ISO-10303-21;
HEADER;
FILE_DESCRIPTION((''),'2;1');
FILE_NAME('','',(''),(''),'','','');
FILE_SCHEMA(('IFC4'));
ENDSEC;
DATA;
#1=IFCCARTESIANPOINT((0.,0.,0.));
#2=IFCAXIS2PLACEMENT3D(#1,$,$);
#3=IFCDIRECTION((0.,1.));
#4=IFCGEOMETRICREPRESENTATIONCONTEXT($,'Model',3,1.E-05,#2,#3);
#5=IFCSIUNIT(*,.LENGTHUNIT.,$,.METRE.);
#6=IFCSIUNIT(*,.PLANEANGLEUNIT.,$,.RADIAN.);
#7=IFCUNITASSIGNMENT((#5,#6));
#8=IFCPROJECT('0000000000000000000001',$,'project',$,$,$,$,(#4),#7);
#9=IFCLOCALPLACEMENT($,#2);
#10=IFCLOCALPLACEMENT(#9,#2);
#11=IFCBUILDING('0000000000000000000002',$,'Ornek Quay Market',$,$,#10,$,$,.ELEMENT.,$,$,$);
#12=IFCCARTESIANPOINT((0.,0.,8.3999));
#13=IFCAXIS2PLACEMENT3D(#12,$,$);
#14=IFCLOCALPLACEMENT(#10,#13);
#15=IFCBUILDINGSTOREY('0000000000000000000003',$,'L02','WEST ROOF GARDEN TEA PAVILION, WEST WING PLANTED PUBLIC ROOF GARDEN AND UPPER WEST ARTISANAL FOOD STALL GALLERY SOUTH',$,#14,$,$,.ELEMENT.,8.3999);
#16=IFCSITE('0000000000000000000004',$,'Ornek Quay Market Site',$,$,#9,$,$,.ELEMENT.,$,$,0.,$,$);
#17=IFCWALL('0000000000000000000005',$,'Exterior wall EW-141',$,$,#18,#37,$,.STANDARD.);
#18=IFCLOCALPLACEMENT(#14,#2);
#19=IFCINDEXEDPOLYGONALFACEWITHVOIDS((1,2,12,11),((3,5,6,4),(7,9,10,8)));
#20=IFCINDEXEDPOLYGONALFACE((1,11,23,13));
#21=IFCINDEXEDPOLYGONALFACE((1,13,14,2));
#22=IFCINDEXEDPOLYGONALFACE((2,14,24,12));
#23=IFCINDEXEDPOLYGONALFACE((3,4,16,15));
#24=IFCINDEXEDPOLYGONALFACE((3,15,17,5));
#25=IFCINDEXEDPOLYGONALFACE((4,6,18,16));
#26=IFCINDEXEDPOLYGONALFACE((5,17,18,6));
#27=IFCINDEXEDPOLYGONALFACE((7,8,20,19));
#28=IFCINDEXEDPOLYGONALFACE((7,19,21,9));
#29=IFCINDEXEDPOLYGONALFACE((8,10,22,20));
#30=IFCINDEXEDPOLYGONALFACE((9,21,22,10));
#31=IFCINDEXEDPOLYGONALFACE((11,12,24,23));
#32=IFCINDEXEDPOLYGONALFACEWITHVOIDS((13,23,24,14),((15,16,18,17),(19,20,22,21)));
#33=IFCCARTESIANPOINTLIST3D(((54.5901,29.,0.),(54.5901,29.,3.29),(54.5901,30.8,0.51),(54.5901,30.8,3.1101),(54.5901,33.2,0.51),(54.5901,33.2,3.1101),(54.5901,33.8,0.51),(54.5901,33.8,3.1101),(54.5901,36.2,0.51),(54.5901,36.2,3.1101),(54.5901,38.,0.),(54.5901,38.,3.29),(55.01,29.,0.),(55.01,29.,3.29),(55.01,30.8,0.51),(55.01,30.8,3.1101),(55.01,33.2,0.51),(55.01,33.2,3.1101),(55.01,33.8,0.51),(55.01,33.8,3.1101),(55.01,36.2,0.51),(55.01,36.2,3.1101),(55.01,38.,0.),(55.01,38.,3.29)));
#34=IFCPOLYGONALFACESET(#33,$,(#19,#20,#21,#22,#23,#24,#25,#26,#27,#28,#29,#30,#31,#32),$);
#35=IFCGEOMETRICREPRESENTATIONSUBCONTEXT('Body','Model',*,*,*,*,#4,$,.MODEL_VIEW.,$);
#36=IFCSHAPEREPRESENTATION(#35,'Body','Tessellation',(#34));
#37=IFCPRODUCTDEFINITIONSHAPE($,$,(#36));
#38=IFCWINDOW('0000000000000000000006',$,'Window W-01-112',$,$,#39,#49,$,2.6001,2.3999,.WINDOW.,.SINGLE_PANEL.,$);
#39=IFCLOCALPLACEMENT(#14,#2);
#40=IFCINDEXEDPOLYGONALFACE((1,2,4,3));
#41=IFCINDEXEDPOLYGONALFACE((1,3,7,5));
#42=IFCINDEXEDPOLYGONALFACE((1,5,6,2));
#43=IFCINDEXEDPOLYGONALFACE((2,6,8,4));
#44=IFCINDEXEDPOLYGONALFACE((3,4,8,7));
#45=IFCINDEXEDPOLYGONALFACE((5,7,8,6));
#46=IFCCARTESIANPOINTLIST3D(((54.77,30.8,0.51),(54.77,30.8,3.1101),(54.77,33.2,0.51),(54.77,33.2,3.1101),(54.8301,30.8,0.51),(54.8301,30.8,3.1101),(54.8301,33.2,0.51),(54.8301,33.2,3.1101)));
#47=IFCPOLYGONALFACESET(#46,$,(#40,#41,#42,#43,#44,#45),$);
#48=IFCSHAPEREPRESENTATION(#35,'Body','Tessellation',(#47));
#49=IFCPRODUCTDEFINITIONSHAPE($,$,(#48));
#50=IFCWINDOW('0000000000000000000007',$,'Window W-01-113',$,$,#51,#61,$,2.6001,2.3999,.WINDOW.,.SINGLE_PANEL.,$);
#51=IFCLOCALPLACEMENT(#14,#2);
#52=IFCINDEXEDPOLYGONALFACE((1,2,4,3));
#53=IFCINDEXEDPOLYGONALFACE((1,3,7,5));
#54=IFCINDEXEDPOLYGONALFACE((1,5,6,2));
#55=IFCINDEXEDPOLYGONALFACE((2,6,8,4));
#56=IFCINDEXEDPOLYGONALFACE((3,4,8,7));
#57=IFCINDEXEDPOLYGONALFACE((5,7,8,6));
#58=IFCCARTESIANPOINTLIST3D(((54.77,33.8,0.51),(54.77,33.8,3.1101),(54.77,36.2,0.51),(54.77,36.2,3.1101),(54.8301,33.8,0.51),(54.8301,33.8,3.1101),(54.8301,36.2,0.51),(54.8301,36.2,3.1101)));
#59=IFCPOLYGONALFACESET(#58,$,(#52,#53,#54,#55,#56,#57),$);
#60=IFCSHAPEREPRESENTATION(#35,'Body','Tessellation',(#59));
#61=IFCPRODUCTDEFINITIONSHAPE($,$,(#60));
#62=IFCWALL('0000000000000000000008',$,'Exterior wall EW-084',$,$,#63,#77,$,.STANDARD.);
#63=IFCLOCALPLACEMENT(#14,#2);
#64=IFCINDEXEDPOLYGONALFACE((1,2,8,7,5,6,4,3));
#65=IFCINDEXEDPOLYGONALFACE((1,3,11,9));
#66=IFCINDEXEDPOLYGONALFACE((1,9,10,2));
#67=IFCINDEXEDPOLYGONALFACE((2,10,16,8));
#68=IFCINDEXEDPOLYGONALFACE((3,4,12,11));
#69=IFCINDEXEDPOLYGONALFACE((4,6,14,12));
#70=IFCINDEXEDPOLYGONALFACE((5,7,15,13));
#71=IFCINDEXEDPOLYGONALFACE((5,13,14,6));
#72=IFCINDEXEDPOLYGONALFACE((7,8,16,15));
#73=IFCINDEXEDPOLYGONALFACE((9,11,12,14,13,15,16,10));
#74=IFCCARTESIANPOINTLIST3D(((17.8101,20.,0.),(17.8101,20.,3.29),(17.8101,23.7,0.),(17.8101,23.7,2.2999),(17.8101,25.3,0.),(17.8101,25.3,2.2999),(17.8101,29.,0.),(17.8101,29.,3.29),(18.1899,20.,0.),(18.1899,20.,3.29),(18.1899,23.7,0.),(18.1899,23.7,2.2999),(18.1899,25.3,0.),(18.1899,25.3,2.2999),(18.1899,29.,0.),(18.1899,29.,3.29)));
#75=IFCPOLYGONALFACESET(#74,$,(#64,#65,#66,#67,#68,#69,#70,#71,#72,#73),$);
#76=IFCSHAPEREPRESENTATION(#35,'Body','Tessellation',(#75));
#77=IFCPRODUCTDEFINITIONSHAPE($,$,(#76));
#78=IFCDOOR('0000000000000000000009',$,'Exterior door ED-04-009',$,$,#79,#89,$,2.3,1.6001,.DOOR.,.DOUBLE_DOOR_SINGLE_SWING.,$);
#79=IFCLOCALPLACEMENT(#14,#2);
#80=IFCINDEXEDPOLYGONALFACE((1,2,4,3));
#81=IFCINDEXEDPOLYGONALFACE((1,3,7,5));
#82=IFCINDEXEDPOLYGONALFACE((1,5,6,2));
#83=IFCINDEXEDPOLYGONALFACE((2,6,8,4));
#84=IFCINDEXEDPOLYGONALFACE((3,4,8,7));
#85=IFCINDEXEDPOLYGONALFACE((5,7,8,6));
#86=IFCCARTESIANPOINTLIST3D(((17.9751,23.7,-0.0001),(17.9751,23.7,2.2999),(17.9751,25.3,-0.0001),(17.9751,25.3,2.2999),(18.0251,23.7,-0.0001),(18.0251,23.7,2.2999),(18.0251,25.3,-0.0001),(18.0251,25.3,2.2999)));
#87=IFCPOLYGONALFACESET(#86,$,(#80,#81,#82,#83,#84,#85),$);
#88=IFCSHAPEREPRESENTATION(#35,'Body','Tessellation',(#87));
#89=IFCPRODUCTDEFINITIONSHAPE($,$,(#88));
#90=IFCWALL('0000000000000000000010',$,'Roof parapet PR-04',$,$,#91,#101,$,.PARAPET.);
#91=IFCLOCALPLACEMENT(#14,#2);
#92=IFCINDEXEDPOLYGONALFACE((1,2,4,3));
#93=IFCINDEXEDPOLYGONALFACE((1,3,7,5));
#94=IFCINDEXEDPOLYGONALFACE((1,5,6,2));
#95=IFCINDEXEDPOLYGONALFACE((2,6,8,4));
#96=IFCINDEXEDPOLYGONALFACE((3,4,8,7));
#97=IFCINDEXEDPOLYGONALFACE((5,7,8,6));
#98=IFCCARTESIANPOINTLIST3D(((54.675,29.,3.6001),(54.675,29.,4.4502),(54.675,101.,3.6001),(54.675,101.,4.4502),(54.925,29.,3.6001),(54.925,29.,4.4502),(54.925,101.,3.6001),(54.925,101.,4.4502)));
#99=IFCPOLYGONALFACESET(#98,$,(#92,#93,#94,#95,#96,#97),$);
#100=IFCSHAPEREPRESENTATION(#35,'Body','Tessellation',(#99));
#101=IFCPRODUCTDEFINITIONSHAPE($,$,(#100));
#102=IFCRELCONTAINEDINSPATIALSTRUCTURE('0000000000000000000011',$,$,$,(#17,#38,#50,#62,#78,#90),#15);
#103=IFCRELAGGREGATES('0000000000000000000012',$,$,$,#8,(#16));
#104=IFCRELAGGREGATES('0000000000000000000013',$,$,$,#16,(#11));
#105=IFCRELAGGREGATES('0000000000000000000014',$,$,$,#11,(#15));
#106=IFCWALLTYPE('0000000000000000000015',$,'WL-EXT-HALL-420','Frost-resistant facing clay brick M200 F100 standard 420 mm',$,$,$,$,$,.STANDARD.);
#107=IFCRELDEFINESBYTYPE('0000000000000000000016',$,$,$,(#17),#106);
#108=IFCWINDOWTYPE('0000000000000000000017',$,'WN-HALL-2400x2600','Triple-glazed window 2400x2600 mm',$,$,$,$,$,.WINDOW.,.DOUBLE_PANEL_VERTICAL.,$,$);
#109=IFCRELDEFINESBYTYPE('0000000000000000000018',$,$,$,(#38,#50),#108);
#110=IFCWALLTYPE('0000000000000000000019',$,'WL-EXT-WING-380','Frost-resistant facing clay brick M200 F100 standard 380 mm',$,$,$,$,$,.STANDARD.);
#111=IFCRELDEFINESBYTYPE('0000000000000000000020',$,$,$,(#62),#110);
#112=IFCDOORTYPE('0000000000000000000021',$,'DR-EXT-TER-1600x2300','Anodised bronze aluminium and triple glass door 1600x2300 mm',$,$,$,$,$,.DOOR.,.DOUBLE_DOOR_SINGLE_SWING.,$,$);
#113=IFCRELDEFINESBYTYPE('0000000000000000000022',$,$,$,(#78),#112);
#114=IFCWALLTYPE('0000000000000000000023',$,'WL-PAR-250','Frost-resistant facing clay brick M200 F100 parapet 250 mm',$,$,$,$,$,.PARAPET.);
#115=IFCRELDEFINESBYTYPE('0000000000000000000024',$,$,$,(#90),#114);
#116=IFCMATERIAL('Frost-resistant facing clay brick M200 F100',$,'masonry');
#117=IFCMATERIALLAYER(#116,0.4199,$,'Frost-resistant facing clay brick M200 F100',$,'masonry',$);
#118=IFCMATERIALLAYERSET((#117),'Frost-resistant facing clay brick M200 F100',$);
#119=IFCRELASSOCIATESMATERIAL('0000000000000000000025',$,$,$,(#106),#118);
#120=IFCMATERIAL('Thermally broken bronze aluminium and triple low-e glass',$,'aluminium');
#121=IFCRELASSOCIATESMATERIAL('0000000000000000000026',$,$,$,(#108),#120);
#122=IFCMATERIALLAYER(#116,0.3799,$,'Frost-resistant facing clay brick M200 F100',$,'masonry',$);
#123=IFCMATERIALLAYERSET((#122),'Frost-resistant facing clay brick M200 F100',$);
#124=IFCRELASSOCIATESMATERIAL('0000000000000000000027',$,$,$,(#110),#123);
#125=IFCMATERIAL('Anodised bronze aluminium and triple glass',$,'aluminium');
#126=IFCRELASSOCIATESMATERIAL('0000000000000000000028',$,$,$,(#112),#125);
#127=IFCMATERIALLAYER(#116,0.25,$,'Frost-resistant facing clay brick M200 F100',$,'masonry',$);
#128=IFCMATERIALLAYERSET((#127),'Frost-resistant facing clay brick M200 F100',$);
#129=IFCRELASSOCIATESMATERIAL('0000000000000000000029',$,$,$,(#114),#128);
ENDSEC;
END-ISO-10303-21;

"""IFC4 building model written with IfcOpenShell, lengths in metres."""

from ifc_helpers import new_model, si_unit, direction, frame, frame_2d, origin, place, context, subcontext, project, spatial, rectangle, extrude, material, layer, layer_set, type_object, element, fill, save


model = new_model("IFC4")

# Units and contexts
model_context = context("Model", 3, precision=1e-05, world=origin(), true_north=direction((0.0, 1.0)))
body_context = subcontext(model_context, "Body", "Model", "MODEL_VIEW")
ifc_project = project(units=[si_unit("LENGTHUNIT", "METRE"), si_unit("PLANEANGLEUNIT", "RADIAN")], contexts=[model_context])

# Site, building, storey
site_placement = place(None, origin())
site = spatial("IfcSite", under=ifc_project, at=site_placement, Name="Ornek Quay Market Site", CompositionType="ELEMENT", RefElevation=0.0)
building_placement = place(site_placement, origin())
building = spatial("IfcBuilding", under=site, at=building_placement, Name="Ornek Quay Market", CompositionType="ELEMENT")
storey_placement = place(building_placement, frame((0.0, 0.0, 8.3999)))
storey = spatial("IfcBuildingStorey", under=building, at=storey_placement, Name="L02", Description="WEST ROOF GARDEN TEA PAVILION, WEST WING PLANTED PUBLIC ROOF GARDEN AND UPPER WEST ARTISANAL FOOD STALL GALLERY SOUTH", CompositionType="ELEMENT", Elevation=8.3999)

# Wall, openings, windows
ifc_material_1 = material(Name="Frost-resistant facing clay brick M200 F100", Category="masonry")
ifc_layer_1 = layer(ifc_material_1, 0.4199, Name="Frost-resistant facing clay brick M200 F100", Category="masonry")
ifc_layer_set_1 = layer_set([ifc_layer_1], Name="Frost-resistant facing clay brick M200 F100")
wall_type_1 = type_object("IfcWallType", Name="WL-EXT-HALL-420", Description="Frost-resistant facing clay brick M200 F100 standard 420 mm", PredefinedType="STANDARD", material=ifc_layer_set_1)
wall_1_placement = place(storey_placement, frame((54.8, 29.0, 0.0), z_axis=(0.0, 0.0, 1.0), x_axis=(0.0, 1.0, 0.0)))
wall_1 = element("IfcWall", 1, at=wall_1_placement, inside=storey, type_object=wall_type_1, Name="Exterior wall EW-141", PredefinedType="STANDARD", context=body_context, shape_type="SweptSolid", body=[
    extrude(rectangle(XDim=9.0, YDim=0.4199, at=frame_2d((4.5, 0.0))), origin(), (0.0, 0.0, 1.0), 3.29),
])
opening_1_placement = place(wall_1_placement, frame((1.8, 0.0, 0.51)))
opening_1 = element("IfcOpeningElement", 2, at=opening_1_placement, cuts=wall_1, PredefinedType="OPENING", context=body_context, shape_type="SweptSolid", body=[
    extrude(rectangle(XDim=2.3999, YDim=2.6001, at=frame_2d((1.2, 1.3))), frame((0.0, 0.22, 0.0), z_axis=(0.0, -1.0, 0.0), x_axis=(1.0, 0.0, 0.0)), (0.0, 0.0, 1.0), 0.4399),
])
opening_2_placement = place(wall_1_placement, frame((4.8, 0.0, 0.51)))
opening_2 = element("IfcOpeningElement", 3, at=opening_2_placement, cuts=wall_1, PredefinedType="OPENING", context=body_context, shape_type="SweptSolid", body=[
    extrude(rectangle(XDim=2.3999, YDim=2.6001, at=frame_2d((1.2, 1.3))), frame((0.0, 0.22, 0.0), z_axis=(0.0, -1.0, 0.0), x_axis=(1.0, 0.0, 0.0)), (0.0, 0.0, 1.0), 0.4399),
])
ifc_material_2 = material(Name="Thermally broken bronze aluminium and triple low-e glass", Category="aluminium")
window_type = type_object("IfcWindowType", Name="WN-HALL-2400x2600", Description="Triple-glazed window 2400x2600 mm", PartitioningType="DOUBLE_PANEL_VERTICAL", PredefinedType="WINDOW", material=ifc_material_2)
window_1_placement = place(opening_1_placement, origin())
window_1 = element("IfcWindow", 4, at=window_1_placement, inside=storey, type_object=window_type, Name="Window W-01-112", OverallHeight=2.6001, OverallWidth=2.3999, PartitioningType="SINGLE_PANEL", PredefinedType="WINDOW", context=body_context, shape_type="SweptSolid", body=[
    extrude(rectangle(XDim=2.3999, YDim=2.6001, at=frame_2d((1.2, 1.3))), frame((0.0, 0.03, 0.0), z_axis=(0.0, -1.0, 0.0), x_axis=(1.0, 0.0, 0.0)), (0.0, 0.0, 1.0), 0.0601),
])
fill(opening_1, window_1)
window_2_placement = place(opening_2_placement, origin())
window_2 = element("IfcWindow", 5, at=window_2_placement, inside=storey, type_object=window_type, Name="Window W-01-113", OverallHeight=2.6001, OverallWidth=2.3999, PartitioningType="SINGLE_PANEL", PredefinedType="WINDOW", context=body_context, shape_type="SweptSolid", body=[
    extrude(rectangle(XDim=2.3999, YDim=2.6001, at=frame_2d((1.2, 1.3))), frame((0.0, 0.03, 0.0), z_axis=(0.0, -1.0, 0.0), x_axis=(1.0, 0.0, 0.0)), (0.0, 0.0, 1.0), 0.0601),
])
fill(opening_2, window_2)

# Wall, opening, door
ifc_layer_2 = layer(ifc_material_1, 0.3799, Name="Frost-resistant facing clay brick M200 F100", Category="masonry")
ifc_layer_set_2 = layer_set([ifc_layer_2], Name="Frost-resistant facing clay brick M200 F100")
wall_type_2 = type_object("IfcWallType", Name="WL-EXT-WING-380", Description="Frost-resistant facing clay brick M200 F100 standard 380 mm", PredefinedType="STANDARD", material=ifc_layer_set_2)
wall_2_placement = place(storey_placement, frame((18.0, 20.0, 0.0), z_axis=(0.0, 0.0, 1.0), x_axis=(0.0, 1.0, 0.0)))
wall_2 = element("IfcWall", 6, at=wall_2_placement, inside=storey, type_object=wall_type_2, Name="Exterior wall EW-084", PredefinedType="STANDARD", context=body_context, shape_type="SweptSolid", body=[
    extrude(rectangle(XDim=9.0, YDim=0.3799, at=frame_2d((4.5, 0.0))), origin(), (0.0, 0.0, 1.0), 3.29),
])
opening_3_placement = place(wall_2_placement, frame((3.7, 0.0, 0.0)))
opening_3 = element("IfcOpeningElement", 7, at=opening_3_placement, cuts=wall_2, PredefinedType="OPENING", context=body_context, shape_type="SweptSolid", body=[
    extrude(rectangle(XDim=1.6001, YDim=2.3, at=frame_2d((0.8, 1.1499))), frame((0.0, 0.2, 0.0), z_axis=(0.0, -1.0, 0.0), x_axis=(1.0, 0.0, 0.0)), (0.0, 0.0, 1.0), 0.3999),
])
ifc_material_3 = material(Name="Anodised bronze aluminium and triple glass", Category="aluminium")
door_type = type_object("IfcDoorType", Name="DR-EXT-TER-1600x2300", Description="Anodised bronze aluminium and triple glass door 1600x2300 mm", OperationType="DOUBLE_DOOR_SINGLE_SWING", PredefinedType="DOOR", material=ifc_material_3)
door_placement = place(opening_3_placement, origin())
door = element("IfcDoor", 8, at=door_placement, inside=storey, type_object=door_type, Name="Exterior door ED-04-009", OperationType="DOUBLE_DOOR_SINGLE_SWING", OverallHeight=2.3, OverallWidth=1.6001, PredefinedType="DOOR", context=body_context, shape_type="SweptSolid", body=[
    extrude(rectangle(XDim=1.6001, YDim=2.3, at=frame_2d((0.8, 1.1499))), frame((0.0, 0.0249, 0.0), z_axis=(0.0, -1.0, 0.0), x_axis=(1.0, 0.0, 0.0)), (0.0, 0.0, 1.0), 0.05),
])
fill(opening_3, door)

# Wall
ifc_layer_3 = layer(ifc_material_1, 0.25, Name="Frost-resistant facing clay brick M200 F100", Category="masonry")
ifc_layer_set_3 = layer_set([ifc_layer_3], Name="Frost-resistant facing clay brick M200 F100")
wall_type_3 = type_object("IfcWallType", Name="WL-PAR-250", Description="Frost-resistant facing clay brick M200 F100 parapet 250 mm", PredefinedType="PARAPET", material=ifc_layer_set_3)
wall_3_placement = place(storey_placement, frame((54.8, 29.0, 3.6001), z_axis=(0.0, 0.0, 1.0), x_axis=(0.0, 1.0, 0.0)))
element("IfcWall", 9, at=wall_3_placement, inside=storey, type_object=wall_type_3, Name="Roof parapet PR-04", PredefinedType="PARAPET", context=body_context, shape_type="SweptSolid", body=[
    extrude(rectangle(XDim=72.0, YDim=0.25, at=frame_2d((36.0, 0.0))), origin(), (0.0, 0.0, 1.0), 0.8501),
])

save(model, "model.ifc")
